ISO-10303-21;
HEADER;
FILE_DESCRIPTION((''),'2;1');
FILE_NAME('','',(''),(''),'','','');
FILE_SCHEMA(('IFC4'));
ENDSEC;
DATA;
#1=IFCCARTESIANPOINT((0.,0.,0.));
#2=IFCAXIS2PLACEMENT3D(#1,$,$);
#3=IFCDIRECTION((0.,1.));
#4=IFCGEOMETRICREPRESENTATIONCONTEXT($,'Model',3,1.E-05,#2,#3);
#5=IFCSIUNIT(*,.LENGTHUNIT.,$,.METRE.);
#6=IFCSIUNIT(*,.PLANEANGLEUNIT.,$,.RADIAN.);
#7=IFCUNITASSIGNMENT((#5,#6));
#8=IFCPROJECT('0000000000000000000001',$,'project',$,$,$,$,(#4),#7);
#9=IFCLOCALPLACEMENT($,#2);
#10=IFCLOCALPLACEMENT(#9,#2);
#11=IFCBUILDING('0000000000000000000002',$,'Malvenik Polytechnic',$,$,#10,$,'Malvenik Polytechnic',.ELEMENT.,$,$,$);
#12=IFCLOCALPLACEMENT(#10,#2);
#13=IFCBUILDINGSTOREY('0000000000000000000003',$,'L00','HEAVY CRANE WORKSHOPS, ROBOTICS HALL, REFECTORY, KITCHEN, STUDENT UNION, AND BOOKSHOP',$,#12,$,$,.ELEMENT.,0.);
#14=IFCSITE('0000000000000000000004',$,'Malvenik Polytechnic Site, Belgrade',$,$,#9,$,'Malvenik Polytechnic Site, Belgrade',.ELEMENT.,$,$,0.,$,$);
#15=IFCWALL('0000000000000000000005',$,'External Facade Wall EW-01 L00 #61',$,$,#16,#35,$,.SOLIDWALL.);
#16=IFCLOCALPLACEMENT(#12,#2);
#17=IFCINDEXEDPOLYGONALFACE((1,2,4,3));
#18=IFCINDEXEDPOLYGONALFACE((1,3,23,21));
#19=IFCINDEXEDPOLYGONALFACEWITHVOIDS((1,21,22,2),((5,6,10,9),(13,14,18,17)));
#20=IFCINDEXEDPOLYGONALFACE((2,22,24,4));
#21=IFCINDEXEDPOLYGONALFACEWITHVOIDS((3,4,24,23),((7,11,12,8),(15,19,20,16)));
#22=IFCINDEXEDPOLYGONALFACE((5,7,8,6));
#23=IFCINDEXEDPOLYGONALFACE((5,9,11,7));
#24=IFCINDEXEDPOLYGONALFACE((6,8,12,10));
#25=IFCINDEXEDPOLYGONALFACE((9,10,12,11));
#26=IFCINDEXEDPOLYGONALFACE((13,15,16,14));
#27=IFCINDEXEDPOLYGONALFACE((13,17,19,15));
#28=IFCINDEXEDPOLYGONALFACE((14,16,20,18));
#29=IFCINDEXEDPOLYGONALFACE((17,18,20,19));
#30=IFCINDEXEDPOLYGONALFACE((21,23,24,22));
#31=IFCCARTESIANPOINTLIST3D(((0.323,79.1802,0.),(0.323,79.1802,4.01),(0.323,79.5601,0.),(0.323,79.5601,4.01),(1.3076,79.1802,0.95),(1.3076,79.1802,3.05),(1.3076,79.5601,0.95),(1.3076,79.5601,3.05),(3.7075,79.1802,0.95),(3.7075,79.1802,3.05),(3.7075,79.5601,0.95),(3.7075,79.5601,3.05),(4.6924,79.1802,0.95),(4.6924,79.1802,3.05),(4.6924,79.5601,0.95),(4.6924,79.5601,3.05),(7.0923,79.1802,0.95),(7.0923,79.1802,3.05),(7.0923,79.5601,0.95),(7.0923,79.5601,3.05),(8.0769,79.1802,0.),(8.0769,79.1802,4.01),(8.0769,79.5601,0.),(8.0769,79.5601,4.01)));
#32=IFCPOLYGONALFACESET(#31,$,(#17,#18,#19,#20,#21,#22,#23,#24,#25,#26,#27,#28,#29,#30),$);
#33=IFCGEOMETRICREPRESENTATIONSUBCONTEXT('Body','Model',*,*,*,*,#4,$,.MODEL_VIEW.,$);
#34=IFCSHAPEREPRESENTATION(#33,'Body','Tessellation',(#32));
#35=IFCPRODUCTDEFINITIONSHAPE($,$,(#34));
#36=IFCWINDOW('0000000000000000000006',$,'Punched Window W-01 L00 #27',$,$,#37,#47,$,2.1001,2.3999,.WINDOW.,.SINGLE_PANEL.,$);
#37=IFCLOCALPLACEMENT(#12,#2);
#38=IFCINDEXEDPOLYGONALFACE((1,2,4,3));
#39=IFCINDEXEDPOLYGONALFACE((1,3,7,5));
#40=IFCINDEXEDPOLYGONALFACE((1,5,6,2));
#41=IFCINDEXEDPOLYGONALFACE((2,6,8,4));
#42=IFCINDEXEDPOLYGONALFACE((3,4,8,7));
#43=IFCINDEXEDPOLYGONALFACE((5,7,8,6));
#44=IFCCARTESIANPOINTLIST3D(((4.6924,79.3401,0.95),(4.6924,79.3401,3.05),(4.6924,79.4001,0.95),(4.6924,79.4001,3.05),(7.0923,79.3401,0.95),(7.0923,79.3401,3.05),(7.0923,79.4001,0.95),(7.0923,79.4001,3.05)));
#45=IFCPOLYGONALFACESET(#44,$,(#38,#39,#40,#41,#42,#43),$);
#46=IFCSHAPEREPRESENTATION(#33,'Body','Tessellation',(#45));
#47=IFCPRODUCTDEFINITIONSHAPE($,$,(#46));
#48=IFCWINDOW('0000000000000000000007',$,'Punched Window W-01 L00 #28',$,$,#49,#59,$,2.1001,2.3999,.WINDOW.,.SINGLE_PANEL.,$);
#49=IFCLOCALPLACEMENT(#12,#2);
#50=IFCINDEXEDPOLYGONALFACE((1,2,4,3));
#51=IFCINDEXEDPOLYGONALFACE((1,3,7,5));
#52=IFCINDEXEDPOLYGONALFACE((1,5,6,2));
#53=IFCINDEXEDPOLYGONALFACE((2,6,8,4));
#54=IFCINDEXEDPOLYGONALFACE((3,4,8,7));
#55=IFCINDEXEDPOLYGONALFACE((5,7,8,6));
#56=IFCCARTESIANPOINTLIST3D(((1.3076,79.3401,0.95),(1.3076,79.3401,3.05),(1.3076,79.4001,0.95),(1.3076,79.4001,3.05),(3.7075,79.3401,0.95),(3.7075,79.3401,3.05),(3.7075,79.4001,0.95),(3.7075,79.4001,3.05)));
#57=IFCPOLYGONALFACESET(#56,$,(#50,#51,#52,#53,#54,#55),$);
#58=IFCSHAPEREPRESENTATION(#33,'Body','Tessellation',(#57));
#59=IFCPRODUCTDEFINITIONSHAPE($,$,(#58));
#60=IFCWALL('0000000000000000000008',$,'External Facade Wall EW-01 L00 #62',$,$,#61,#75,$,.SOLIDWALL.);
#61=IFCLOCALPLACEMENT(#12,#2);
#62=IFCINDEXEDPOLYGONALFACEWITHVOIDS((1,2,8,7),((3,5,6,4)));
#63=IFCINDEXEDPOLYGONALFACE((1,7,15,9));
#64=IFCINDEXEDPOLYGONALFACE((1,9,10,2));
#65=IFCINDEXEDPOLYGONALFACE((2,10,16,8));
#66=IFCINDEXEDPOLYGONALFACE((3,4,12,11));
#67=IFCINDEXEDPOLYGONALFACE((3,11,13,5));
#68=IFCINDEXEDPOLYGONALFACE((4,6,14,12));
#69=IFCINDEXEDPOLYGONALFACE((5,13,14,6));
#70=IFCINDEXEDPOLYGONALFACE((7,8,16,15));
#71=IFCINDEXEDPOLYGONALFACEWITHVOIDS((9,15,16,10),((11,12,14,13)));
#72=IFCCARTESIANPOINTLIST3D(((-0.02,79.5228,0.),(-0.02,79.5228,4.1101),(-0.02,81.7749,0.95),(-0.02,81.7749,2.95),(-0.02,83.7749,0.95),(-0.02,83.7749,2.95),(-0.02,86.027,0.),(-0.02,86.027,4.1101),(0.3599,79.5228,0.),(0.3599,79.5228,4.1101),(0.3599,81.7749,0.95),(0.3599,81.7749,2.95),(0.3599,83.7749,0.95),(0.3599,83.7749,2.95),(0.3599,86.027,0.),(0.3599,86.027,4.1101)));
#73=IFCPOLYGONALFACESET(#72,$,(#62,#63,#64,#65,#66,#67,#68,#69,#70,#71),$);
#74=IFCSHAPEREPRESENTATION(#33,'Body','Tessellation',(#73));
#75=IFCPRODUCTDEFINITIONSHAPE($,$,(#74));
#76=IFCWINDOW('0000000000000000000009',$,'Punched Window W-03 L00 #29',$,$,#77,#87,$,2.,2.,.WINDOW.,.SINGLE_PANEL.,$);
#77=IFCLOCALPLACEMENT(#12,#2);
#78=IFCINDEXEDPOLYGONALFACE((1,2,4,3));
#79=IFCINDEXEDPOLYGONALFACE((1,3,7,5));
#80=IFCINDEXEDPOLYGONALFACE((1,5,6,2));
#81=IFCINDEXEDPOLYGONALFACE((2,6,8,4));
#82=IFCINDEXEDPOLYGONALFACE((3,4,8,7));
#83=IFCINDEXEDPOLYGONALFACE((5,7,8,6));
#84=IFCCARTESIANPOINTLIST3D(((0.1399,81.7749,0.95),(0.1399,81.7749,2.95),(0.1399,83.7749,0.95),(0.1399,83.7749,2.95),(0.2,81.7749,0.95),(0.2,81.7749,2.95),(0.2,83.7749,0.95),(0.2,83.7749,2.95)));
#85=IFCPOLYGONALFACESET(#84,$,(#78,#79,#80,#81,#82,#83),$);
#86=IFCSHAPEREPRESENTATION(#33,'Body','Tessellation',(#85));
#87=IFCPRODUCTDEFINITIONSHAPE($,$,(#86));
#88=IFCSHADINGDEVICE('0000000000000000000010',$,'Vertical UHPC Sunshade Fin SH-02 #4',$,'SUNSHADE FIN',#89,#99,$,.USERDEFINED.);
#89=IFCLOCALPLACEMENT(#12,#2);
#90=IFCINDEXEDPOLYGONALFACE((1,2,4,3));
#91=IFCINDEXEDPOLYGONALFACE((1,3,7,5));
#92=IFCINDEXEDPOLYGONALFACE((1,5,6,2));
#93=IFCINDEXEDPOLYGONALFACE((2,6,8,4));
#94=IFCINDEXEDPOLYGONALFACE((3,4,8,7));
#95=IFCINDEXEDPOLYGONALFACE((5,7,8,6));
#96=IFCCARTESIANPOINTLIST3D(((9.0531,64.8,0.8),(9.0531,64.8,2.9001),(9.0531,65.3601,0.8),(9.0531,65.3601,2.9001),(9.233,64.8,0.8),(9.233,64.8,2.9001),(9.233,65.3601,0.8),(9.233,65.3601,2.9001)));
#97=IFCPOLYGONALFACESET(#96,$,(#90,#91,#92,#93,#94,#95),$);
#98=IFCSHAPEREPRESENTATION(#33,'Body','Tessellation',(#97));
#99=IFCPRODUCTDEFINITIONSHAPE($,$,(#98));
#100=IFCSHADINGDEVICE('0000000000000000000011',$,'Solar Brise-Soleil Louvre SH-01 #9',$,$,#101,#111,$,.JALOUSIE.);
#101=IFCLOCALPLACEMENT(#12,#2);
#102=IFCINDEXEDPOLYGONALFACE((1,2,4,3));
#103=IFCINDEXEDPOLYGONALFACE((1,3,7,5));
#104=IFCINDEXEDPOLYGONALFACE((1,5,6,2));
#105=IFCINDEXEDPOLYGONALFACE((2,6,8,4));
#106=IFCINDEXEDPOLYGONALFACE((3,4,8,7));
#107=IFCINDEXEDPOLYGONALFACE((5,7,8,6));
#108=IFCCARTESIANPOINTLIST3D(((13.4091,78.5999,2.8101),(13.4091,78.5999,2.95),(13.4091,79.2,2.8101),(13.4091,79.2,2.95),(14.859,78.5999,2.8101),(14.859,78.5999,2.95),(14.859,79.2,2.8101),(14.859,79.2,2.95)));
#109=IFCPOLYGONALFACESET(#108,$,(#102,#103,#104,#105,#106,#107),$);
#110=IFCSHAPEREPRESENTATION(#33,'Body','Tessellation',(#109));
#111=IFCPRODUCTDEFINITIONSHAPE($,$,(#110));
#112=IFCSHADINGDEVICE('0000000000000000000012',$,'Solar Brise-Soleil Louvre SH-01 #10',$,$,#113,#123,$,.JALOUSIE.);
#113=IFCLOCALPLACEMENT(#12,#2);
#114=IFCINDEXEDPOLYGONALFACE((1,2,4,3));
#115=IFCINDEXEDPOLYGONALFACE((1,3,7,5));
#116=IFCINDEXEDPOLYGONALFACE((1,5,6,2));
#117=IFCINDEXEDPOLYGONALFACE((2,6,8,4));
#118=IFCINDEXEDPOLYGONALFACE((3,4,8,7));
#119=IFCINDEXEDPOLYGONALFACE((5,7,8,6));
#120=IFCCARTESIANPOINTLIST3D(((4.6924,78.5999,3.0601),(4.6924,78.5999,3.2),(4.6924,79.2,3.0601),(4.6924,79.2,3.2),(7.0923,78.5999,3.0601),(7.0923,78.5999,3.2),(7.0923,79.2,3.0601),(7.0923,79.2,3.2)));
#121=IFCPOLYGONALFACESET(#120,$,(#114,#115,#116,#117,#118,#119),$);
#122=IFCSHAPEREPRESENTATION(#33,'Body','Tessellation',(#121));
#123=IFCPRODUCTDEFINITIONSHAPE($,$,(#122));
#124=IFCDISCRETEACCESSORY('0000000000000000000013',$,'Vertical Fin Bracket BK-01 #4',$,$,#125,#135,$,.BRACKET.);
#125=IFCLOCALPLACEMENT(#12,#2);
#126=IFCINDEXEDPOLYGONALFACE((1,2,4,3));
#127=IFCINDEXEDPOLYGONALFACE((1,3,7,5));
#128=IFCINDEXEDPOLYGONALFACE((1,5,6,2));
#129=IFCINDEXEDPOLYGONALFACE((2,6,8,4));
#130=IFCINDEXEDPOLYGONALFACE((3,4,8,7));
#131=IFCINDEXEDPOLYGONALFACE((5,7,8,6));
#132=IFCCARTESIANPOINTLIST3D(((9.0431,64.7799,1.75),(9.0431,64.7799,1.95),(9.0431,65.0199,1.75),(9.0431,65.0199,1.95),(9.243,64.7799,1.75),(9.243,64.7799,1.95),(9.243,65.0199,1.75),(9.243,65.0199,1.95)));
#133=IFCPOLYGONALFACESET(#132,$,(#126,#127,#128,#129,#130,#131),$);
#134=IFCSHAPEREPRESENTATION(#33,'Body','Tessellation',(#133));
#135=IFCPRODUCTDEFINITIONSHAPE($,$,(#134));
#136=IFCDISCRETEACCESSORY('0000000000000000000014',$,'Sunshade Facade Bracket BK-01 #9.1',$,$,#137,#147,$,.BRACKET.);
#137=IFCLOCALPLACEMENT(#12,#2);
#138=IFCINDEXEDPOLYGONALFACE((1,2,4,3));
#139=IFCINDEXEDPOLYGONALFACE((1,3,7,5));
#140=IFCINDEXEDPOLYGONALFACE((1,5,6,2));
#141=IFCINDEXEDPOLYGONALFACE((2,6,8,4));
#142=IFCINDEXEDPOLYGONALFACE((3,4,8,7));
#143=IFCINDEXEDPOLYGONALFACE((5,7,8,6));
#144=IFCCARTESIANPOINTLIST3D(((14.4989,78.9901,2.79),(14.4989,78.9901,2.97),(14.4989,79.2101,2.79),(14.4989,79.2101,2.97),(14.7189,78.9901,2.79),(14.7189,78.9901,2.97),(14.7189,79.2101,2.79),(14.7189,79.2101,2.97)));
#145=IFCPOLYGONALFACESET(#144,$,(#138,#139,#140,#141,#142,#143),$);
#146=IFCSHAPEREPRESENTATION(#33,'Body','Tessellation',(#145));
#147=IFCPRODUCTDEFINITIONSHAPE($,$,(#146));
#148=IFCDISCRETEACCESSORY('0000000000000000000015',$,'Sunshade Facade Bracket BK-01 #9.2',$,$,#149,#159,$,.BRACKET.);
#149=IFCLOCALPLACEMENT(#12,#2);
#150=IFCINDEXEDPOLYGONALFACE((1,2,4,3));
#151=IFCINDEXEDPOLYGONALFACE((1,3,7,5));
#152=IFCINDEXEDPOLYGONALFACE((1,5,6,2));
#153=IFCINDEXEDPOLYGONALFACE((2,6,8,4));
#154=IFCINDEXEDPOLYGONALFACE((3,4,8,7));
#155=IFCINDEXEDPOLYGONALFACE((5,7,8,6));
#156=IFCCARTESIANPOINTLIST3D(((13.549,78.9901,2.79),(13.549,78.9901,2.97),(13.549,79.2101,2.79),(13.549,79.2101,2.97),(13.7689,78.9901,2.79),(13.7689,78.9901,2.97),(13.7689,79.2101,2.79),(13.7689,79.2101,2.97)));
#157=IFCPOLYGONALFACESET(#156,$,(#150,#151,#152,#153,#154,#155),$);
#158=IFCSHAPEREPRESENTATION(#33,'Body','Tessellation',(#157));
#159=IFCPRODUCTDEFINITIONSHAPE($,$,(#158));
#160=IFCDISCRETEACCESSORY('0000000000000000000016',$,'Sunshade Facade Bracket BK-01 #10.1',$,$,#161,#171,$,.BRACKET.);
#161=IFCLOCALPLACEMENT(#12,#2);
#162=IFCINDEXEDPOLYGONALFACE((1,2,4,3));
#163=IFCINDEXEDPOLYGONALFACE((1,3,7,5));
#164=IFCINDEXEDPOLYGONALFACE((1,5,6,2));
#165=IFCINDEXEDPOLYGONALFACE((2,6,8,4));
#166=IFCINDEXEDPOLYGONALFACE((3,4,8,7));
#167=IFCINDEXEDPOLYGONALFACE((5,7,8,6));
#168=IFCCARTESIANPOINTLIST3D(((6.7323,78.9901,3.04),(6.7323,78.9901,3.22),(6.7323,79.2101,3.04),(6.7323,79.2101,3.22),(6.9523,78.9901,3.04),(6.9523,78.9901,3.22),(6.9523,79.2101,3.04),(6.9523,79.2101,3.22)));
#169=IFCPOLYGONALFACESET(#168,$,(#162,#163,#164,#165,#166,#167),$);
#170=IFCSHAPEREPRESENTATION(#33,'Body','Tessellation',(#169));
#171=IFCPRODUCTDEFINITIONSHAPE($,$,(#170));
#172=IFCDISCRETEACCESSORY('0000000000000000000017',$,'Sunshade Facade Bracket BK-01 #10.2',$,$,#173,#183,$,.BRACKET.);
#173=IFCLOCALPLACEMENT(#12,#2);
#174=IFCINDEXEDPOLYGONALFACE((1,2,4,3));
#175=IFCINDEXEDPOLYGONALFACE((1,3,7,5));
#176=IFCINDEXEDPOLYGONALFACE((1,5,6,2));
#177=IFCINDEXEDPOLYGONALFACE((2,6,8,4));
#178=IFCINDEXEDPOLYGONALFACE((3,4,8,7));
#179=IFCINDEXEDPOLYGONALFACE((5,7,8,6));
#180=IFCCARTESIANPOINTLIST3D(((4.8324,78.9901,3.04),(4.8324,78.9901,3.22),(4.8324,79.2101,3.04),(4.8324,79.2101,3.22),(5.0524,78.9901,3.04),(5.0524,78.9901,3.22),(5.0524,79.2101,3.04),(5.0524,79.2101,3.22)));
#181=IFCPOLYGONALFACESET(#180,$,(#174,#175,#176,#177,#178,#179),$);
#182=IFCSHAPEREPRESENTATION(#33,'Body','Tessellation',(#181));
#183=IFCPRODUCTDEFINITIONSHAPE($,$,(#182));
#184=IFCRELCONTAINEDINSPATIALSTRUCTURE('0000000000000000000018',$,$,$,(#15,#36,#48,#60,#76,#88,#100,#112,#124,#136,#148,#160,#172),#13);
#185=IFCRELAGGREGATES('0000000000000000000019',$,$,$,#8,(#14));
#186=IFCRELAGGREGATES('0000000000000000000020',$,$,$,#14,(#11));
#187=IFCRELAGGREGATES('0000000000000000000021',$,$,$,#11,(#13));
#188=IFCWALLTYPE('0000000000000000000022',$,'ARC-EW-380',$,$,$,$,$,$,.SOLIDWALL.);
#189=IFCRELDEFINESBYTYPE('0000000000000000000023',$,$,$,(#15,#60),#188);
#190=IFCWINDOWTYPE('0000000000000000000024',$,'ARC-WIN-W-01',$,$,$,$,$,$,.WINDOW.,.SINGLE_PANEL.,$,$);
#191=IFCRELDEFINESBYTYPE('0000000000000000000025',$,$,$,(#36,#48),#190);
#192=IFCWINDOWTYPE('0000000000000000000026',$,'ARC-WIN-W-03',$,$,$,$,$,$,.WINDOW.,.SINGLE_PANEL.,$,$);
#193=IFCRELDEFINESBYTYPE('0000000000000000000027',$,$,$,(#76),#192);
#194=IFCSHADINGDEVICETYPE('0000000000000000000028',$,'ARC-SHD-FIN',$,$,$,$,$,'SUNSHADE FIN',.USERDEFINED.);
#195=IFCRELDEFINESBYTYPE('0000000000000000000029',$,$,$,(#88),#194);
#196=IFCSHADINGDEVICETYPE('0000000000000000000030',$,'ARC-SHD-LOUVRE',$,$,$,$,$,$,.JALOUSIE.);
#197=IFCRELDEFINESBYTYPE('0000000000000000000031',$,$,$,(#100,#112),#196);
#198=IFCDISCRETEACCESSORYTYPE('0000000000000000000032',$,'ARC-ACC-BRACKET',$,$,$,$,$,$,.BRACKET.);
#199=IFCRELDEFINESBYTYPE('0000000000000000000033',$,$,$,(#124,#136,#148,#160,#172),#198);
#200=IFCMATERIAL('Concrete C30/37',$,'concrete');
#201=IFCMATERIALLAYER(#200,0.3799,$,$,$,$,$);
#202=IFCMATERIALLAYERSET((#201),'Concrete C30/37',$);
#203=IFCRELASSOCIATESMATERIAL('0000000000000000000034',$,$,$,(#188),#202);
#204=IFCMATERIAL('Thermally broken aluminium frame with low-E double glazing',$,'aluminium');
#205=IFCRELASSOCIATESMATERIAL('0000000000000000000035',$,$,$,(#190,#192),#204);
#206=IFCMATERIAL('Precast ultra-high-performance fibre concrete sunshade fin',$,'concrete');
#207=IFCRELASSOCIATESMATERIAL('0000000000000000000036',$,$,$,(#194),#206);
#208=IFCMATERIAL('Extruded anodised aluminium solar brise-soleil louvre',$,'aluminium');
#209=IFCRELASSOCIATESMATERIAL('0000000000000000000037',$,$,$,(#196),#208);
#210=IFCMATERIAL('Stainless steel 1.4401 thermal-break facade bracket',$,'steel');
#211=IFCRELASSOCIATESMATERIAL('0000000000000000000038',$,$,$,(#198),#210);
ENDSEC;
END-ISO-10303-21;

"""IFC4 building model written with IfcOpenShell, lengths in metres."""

from ifc_helpers import new_model, si_unit, direction, frame, frame_2d, origin, origin_2d, place, context, subcontext, project, spatial, rectangle, extrude, material, layer, layer_set, type_object, element, fill, save


model = new_model("IFC4")

# Units and contexts
model_context = context("Model", 3, precision=1e-05, world=origin(), true_north=direction((0.0, 1.0)))
body_context = subcontext(model_context, "Body", "Model", "MODEL_VIEW")
ifc_project = project(units=[si_unit("LENGTHUNIT", "METRE"), si_unit("PLANEANGLEUNIT", "RADIAN")], contexts=[model_context])

# Site, building, storey
site_placement = place(None, origin())
site = spatial("IfcSite", under=ifc_project, at=site_placement, Name="Malvenik Polytechnic Site, Belgrade", LongName="Malvenik Polytechnic Site, Belgrade", CompositionType="ELEMENT", RefElevation=0.0)
building_placement = place(site_placement, origin())
building = spatial("IfcBuilding", under=site, at=building_placement, Name="Malvenik Polytechnic", LongName="Malvenik Polytechnic", CompositionType="ELEMENT")
storey_placement = place(building_placement, origin())
storey = spatial("IfcBuildingStorey", under=building, at=storey_placement, Name="L00", Description="HEAVY CRANE WORKSHOPS, ROBOTICS HALL, REFECTORY, KITCHEN, STUDENT UNION, AND BOOKSHOP", CompositionType="ELEMENT", Elevation=0.0)

# Shared definitions
ifc_material_1 = material(Name="Concrete C30/37", Category="concrete")

# Wall, openings, windows
ifc_layer_1 = layer(ifc_material_1, 0.3799)
ifc_layer_set_1 = layer_set([ifc_layer_1], Name="Concrete C30/37")
wall_type = type_object("IfcWallType", Name="ARC-EW-380", PredefinedType="SOLIDWALL", material=ifc_layer_set_1)
ifc_material_2 = material(Name="Thermally broken aluminium frame with low-E double glazing", Category="aluminium")
wall_1_placement = place(storey_placement, frame((8.0769, 79.3701, 0.0), z_axis=(0.0, 0.0, 1.0), x_axis=(-1.0, 0.0, 0.0)))
wall_1 = element("IfcWall", 1, at=wall_1_placement, inside=storey, type_object=wall_type, Name="External Facade Wall EW-01 L00 #61", PredefinedType="SOLIDWALL", context=body_context, shape_type="SweptSolid", body=[
    extrude(rectangle(XDim=7.7539, YDim=0.3799, at=frame_2d((3.877, 0.0))), origin(), (0.0, 0.0, 1.0), 4.01),
])
opening_1_placement = place(wall_1_placement, frame((0.9846, 0.0, 0.95)))
opening_1 = element("IfcOpeningElement", 2, at=opening_1_placement, cuts=wall_1, PredefinedType="OPENING", context=body_context, shape_type="SweptSolid", body=[
    extrude(rectangle(XDim=2.3999, YDim=2.1001, at=frame_2d((1.2, 1.05))), frame((0.0, 0.2, 0.0), z_axis=(0.0, -1.0, 0.0), x_axis=(1.0, 0.0, 0.0)), (0.0, 0.0, 1.0), 0.3999),
])
opening_2_placement = place(wall_1_placement, frame((4.3694, 0.0, 0.95)))
opening_2 = element("IfcOpeningElement", 3, at=opening_2_placement, cuts=wall_1, PredefinedType="OPENING", context=body_context, shape_type="SweptSolid", body=[
    extrude(rectangle(XDim=2.3999, YDim=2.1001, at=frame_2d((1.2, 1.05))), frame((0.0, 0.2, 0.0), z_axis=(0.0, -1.0, 0.0), x_axis=(1.0, 0.0, 0.0)), (0.0, 0.0, 1.0), 0.3999),
])
window_type_1 = type_object("IfcWindowType", Name="ARC-WIN-W-01", PartitioningType="SINGLE_PANEL", PredefinedType="WINDOW", material=ifc_material_2)
window_1_placement = place(opening_1_placement, origin())
window_1 = element("IfcWindow", 4, at=window_1_placement, inside=storey, type_object=window_type_1, Name="Punched Window W-01 L00 #27", OverallHeight=2.1001, OverallWidth=2.3999, PartitioningType="SINGLE_PANEL", PredefinedType="WINDOW", context=body_context, shape_type="SweptSolid", body=[
    extrude(rectangle(XDim=2.3999, YDim=2.1001, at=frame_2d((1.2, 1.05))), frame((0.0, 0.03, 0.0), z_axis=(0.0, -1.0, 0.0), x_axis=(1.0, 0.0, 0.0)), (0.0, 0.0, 1.0), 0.0601),
])
fill(opening_1, window_1)
window_2_placement = place(opening_2_placement, origin())
window_2 = element("IfcWindow", 5, at=window_2_placement, inside=storey, type_object=window_type_1, Name="Punched Window W-01 L00 #28", OverallHeight=2.1001, OverallWidth=2.3999, PartitioningType="SINGLE_PANEL", PredefinedType="WINDOW", context=body_context, shape_type="SweptSolid", body=[
    extrude(rectangle(XDim=2.3999, YDim=2.1001, at=frame_2d((1.2, 1.05))), frame((0.0, 0.03, 0.0), z_axis=(0.0, -1.0, 0.0), x_axis=(1.0, 0.0, 0.0)), (0.0, 0.0, 1.0), 0.0601),
])
fill(opening_2, window_2)

# Wall, opening, window
wall_2_placement = place(storey_placement, frame((0.1699, 79.5229, 0.0), z_axis=(0.0, 0.0, 1.0), x_axis=(0.0, 1.0, 0.0)))
wall_2 = element("IfcWall", 6, at=wall_2_placement, inside=storey, type_object=wall_type, Name="External Facade Wall EW-01 L00 #62", PredefinedType="SOLIDWALL", context=body_context, shape_type="SweptSolid", body=[
    extrude(rectangle(XDim=6.5042, YDim=0.3799, at=frame_2d((3.252, 0.0))), origin(), (0.0, 0.0, 1.0), 4.1101),
])
opening_3_placement = place(wall_2_placement, frame((2.252, 0.0, 0.95)))
opening_3 = element("IfcOpeningElement", 7, at=opening_3_placement, cuts=wall_2, PredefinedType="OPENING", context=body_context, shape_type="SweptSolid", body=[
    extrude(rectangle(XDim=2.0, YDim=2.0, at=frame_2d((1.0, 1.0))), frame((0.0, 0.2, 0.0), z_axis=(0.0, -1.0, 0.0), x_axis=(1.0, 0.0, 0.0)), (0.0, 0.0, 1.0), 0.3999),
])
window_type_2 = type_object("IfcWindowType", Name="ARC-WIN-W-03", PartitioningType="SINGLE_PANEL", PredefinedType="WINDOW", material=ifc_material_2)
window_3_placement = place(opening_3_placement, origin())
window_3 = element("IfcWindow", 8, at=window_3_placement, inside=storey, type_object=window_type_2, Name="Punched Window W-03 L00 #29", OverallHeight=2.0, OverallWidth=2.0, PartitioningType="SINGLE_PANEL", PredefinedType="WINDOW", context=body_context, shape_type="SweptSolid", body=[
    extrude(rectangle(XDim=2.0, YDim=2.0, at=frame_2d((1.0, 1.0))), frame((0.0, 0.03, 0.0), z_axis=(0.0, -1.0, 0.0), x_axis=(1.0, 0.0, 0.0)), (0.0, 0.0, 1.0), 0.0601),
])
fill(opening_3, window_3)

# Shading devices
ifc_material_3 = material(Name="Precast ultra-high-performance fibre concrete sunshade fin", Category="concrete")
shading_device_type_1 = type_object("IfcShadingDeviceType", Name="ARC-SHD-FIN", ElementType="SUNSHADE FIN", PredefinedType="USERDEFINED", material=ifc_material_3)
shading_device_1_placement = place(storey_placement, frame((9.1431, 65.0801, 0.8), z_axis=(0.0, 0.0, 1.0), x_axis=(1.0, 0.0, 0.0)))
element("IfcShadingDevice", 9, at=shading_device_1_placement, inside=storey, type_object=shading_device_type_1, Name="Vertical UHPC Sunshade Fin SH-02 #4", ObjectType="SUNSHADE FIN", PredefinedType="USERDEFINED", context=body_context, shape_type="SweptSolid", body=[
    extrude(rectangle(XDim=0.1799, YDim=0.5601, at=origin_2d()), origin(), (0.0, 0.0, 1.0), 2.1001),
])
ifc_material_4 = material(Name="Extruded anodised aluminium solar brise-soleil louvre", Category="aluminium")
shading_device_type_2 = type_object("IfcShadingDeviceType", Name="ARC-SHD-LOUVRE", PredefinedType="JALOUSIE", material=ifc_material_4)
shading_device_2_placement = place(storey_placement, frame((14.134, 78.8999, 2.8101), z_axis=(0.0, 0.0, 1.0), x_axis=(1.0, 0.0, 0.0)))
element("IfcShadingDevice", 10, at=shading_device_2_placement, inside=storey, type_object=shading_device_type_2, Name="Solar Brise-Soleil Louvre SH-01 #9", PredefinedType="JALOUSIE", context=body_context, shape_type="SweptSolid", body=[
    extrude(rectangle(XDim=1.45, YDim=0.6001, at=origin_2d()), origin(), (0.0, 0.0, 1.0), 0.1399),
])
shading_device_3_placement = place(storey_placement, frame((5.8923, 78.8999, 3.0601), z_axis=(0.0, 0.0, 1.0), x_axis=(1.0, 0.0, 0.0)))
element("IfcShadingDevice", 11, at=shading_device_3_placement, inside=storey, type_object=shading_device_type_2, Name="Solar Brise-Soleil Louvre SH-01 #10", PredefinedType="JALOUSIE", context=body_context, shape_type="SweptSolid", body=[
    extrude(rectangle(XDim=2.3999, YDim=0.6001, at=origin_2d()), origin(), (0.0, 0.0, 1.0), 0.1399),
])

# Discrete accessories
ifc_material_5 = material(Name="Stainless steel 1.4401 thermal-break facade bracket", Category="steel")
discrete_accessory_type = type_object("IfcDiscreteAccessoryType", Name="ARC-ACC-BRACKET", PredefinedType="BRACKET", material=ifc_material_5)
discrete_accessory_placement = place(storey_placement, frame((9.1431, 64.8999, 1.75), z_axis=(0.0, 0.0, 1.0), x_axis=(1.0, 0.0, 0.0)))
element("IfcDiscreteAccessory", 12, at=discrete_accessory_placement, inside=storey, type_object=discrete_accessory_type, Name="Vertical Fin Bracket BK-01 #4", PredefinedType="BRACKET", context=body_context, shape_type="SweptSolid", body=[
    extrude(rectangle(XDim=0.2, YDim=0.24, at=origin_2d()), origin(), (0.0, 0.0, 1.0), 0.2),
])
for number, where, z_axis, x_axis, name in (
    (13, (14.6089, 79.1001, 2.79), (0.0, 0.0, 1.0), (1.0, 0.0, 0.0), "Sunshade Facade Bracket BK-01 #9.1"),
    (14, (13.6589, 79.1001, 2.79), (0.0, 0.0, 1.0), (1.0, 0.0, 0.0), "Sunshade Facade Bracket BK-01 #9.2"),
    (15, (6.8423, 79.1001, 3.04), (0.0, 0.0, 1.0), (1.0, 0.0, 0.0), "Sunshade Facade Bracket BK-01 #10.1"),
    (16, (4.9424, 79.1001, 3.04), (0.0, 0.0, 1.0), (1.0, 0.0, 0.0), "Sunshade Facade Bracket BK-01 #10.2"),
):
    element("IfcDiscreteAccessory", number, at=place(storey_placement, frame(where, z_axis=z_axis, x_axis=x_axis)), inside=storey, type_object=discrete_accessory_type, Name=name, PredefinedType="BRACKET", context=body_context, shape_type="SweptSolid", body=[
        extrude(rectangle(XDim=0.22, YDim=0.22, at=origin_2d()), origin(), (0.0, 0.0, 1.0), 0.1799),
    ])

save(model, "model.ifc")
